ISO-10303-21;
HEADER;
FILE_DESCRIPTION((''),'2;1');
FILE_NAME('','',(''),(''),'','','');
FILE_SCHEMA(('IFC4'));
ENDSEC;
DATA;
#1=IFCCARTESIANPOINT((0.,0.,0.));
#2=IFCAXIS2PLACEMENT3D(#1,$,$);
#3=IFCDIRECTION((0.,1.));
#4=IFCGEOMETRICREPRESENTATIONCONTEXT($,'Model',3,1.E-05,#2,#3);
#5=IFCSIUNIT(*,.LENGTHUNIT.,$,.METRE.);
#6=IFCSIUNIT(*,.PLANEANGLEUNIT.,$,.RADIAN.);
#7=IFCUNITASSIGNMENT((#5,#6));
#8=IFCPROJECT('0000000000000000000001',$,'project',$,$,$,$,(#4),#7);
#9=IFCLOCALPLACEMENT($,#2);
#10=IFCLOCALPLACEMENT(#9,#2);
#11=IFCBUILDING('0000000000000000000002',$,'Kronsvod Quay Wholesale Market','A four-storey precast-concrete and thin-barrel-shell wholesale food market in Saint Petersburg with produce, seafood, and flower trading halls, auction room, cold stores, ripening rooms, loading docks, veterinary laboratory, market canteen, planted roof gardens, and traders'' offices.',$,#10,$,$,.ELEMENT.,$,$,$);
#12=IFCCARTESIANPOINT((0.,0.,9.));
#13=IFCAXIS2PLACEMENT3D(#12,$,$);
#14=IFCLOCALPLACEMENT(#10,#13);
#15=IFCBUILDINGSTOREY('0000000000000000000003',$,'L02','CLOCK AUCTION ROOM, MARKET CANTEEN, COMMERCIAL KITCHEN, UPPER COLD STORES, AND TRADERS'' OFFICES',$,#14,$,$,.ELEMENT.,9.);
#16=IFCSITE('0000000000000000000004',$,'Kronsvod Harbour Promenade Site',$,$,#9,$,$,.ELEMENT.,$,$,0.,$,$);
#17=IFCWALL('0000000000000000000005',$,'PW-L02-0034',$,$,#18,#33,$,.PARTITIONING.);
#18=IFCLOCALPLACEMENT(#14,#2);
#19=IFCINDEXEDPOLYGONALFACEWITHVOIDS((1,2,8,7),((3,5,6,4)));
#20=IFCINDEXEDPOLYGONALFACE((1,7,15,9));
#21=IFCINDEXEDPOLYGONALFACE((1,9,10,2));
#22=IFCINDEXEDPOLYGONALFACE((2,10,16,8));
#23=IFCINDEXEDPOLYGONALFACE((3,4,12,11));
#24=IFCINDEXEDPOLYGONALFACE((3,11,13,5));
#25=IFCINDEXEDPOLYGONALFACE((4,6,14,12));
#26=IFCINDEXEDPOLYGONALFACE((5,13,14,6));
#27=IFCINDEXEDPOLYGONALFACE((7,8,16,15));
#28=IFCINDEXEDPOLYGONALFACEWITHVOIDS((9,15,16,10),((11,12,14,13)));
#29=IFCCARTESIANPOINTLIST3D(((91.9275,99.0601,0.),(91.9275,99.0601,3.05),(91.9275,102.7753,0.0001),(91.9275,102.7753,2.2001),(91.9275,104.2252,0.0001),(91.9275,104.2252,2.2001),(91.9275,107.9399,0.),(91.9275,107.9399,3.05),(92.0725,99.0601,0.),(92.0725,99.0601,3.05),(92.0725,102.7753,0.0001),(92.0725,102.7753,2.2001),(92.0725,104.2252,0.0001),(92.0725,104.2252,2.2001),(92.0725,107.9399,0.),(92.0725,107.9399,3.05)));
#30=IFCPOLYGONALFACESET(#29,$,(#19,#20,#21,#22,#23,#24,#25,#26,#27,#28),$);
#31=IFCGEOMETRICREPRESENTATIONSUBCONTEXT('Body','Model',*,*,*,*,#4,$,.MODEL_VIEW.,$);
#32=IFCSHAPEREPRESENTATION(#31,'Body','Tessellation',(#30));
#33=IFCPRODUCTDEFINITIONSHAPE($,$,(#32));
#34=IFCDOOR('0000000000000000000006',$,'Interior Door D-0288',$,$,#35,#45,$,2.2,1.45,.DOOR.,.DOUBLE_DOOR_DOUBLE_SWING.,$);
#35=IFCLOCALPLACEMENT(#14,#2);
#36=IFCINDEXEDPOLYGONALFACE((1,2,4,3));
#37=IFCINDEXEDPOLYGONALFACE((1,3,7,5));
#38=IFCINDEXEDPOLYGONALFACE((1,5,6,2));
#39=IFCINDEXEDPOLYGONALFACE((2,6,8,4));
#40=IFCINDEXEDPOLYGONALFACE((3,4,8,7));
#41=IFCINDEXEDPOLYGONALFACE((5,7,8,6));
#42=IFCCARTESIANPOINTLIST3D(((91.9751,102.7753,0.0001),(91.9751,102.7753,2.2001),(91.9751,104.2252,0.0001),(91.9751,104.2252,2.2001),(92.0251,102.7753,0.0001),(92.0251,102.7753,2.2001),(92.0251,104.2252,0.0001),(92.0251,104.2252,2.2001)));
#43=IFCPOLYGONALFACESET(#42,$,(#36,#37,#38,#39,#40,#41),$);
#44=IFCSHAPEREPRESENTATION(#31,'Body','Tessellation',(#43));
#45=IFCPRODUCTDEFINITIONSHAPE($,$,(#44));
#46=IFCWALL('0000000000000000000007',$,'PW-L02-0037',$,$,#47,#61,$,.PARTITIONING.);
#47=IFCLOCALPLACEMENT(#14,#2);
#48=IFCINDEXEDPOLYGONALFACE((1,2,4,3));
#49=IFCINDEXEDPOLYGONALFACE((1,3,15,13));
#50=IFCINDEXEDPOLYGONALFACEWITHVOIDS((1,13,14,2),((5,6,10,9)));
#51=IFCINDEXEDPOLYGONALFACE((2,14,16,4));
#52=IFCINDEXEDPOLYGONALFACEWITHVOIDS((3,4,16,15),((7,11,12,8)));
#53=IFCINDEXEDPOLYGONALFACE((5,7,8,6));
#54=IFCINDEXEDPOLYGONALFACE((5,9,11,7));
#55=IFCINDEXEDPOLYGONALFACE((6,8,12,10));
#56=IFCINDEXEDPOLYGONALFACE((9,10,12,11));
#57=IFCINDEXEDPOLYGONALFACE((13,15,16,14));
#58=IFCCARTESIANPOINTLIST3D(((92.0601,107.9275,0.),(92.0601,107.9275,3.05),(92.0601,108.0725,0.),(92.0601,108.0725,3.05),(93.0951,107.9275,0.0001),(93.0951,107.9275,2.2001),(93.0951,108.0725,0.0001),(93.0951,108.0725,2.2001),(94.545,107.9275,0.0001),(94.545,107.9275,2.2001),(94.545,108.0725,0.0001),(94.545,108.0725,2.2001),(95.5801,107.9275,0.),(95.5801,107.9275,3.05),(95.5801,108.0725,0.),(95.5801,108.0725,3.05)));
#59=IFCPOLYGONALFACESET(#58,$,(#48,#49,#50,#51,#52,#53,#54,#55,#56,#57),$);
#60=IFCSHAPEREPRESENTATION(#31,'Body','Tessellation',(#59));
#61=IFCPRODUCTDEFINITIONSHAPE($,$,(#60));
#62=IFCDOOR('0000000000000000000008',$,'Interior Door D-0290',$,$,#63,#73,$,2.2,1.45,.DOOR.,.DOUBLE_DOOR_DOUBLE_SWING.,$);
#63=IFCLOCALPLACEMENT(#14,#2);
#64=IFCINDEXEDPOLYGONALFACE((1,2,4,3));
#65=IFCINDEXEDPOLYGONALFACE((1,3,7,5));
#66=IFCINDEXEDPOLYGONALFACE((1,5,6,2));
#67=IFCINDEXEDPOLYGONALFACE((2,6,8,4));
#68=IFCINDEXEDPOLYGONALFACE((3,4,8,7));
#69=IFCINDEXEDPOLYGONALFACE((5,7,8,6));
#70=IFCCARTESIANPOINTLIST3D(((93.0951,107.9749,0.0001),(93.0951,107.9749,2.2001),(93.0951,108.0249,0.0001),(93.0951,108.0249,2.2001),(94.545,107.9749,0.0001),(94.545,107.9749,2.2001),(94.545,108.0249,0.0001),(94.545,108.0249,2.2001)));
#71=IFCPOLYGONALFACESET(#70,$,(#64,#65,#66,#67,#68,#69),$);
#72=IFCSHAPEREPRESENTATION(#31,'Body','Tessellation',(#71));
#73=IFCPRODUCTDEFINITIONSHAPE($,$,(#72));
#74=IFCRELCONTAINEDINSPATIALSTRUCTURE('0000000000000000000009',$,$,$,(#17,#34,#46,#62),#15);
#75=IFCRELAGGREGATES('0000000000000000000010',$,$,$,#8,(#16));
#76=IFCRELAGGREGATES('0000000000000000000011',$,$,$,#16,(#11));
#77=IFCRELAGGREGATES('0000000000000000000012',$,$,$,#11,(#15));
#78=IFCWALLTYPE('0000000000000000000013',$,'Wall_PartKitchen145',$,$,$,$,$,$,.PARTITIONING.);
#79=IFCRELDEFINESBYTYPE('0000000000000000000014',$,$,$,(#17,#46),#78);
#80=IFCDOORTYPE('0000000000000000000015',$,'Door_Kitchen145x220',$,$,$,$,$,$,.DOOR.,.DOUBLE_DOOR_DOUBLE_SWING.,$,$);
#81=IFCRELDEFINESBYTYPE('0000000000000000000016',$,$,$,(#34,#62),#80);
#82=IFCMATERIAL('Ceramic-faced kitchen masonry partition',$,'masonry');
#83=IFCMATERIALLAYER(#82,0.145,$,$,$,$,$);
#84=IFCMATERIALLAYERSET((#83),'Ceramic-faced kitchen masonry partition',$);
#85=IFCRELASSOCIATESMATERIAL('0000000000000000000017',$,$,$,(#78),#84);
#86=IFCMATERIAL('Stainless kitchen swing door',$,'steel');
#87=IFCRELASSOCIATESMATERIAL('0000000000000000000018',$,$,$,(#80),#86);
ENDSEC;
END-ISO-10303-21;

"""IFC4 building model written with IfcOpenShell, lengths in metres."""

from ifc_helpers import new_model, si_unit, direction, frame, frame_2d, origin, place, context, subcontext, project, spatial, rectangle, extrude, material, layer, layer_set, type_object, element, fill, save


model = new_model("IFC4")

# Units and contexts
model_context = context("Model", 3, precision=1e-05, world=origin(), true_north=direction((0.0, 1.0)))
body_context = subcontext(model_context, "Body", "Model", "MODEL_VIEW")
ifc_project = project(units=[si_unit("LENGTHUNIT", "METRE"), si_unit("PLANEANGLEUNIT", "RADIAN")], contexts=[model_context])

# Site, building, storey
site_placement = place(None, origin())
site = spatial("IfcSite", under=ifc_project, at=site_placement, Name="Kronsvod Harbour Promenade Site", CompositionType="ELEMENT", RefElevation=0.0)
building_placement = place(site_placement, origin())
building = spatial("IfcBuilding", under=site, at=building_placement, Name="Kronsvod Quay Wholesale Market", Description="A four-storey precast-concrete and thin-barrel-shell wholesale food market in Saint Petersburg with produce, seafood, and flower trading halls, auction room, cold stores, ripening rooms, loading docks, veterinary laboratory, market canteen, planted roof gardens, and traders' offices.", CompositionType="ELEMENT")
storey_placement = place(building_placement, frame((0.0, 0.0, 9.0)))
storey = spatial("IfcBuildingStorey", under=building, at=storey_placement, Name="L02", Description="CLOCK AUCTION ROOM, MARKET CANTEEN, COMMERCIAL KITCHEN, UPPER COLD STORES, AND TRADERS' OFFICES", CompositionType="ELEMENT", Elevation=9.0)

# Walls, openings, doors
ifc_material_1 = material(Name="Ceramic-faced kitchen masonry partition", Category="masonry")
ifc_layer_1 = layer(ifc_material_1, 0.145)
ifc_layer_set_1 = layer_set([ifc_layer_1], Name="Ceramic-faced kitchen masonry partition")
wall_type_1 = type_object("IfcWallType", Name="Wall_PartKitchen145", PredefinedType="PARTITIONING", material=ifc_layer_set_1)
wall_1_placement = place(storey_placement, frame((92.0, 99.0601, 0.0), z_axis=(0.0, 0.0, 1.0), x_axis=(0.0, 1.0, 0.0)))
wall_1 = element("IfcWall", 1, at=wall_1_placement, inside=storey, type_object=wall_type_1, Name="PW-L02-0034", PredefinedType="PARTITIONING", context=body_context, shape_type="SweptSolid", body=[
    extrude(rectangle(XDim=8.8799, YDim=0.145, at=frame_2d((4.4399, 0.0))), origin(), (0.0, 0.0, 1.0), 3.05),
])
opening_1_placement = place(wall_1_placement, frame((3.7151, 0.0, 0.0)))
opening_1 = element("IfcOpeningElement", 2, at=opening_1_placement, cuts=wall_1, PredefinedType="OPENING", context=body_context, shape_type="SweptSolid", body=[
    extrude(rectangle(XDim=1.45, YDim=2.2, at=frame_2d((0.7251, 1.1001))), frame((0.0, 0.0825, 0.0), z_axis=(0.0, -1.0, 0.0), x_axis=(1.0, 0.0, 0.0)), (0.0, 0.0, 1.0), 0.165),
])
ifc_material_2 = material(Name="Stainless kitchen swing door", Category="steel")
door_type = type_object("IfcDoorType", Name="Door_Kitchen145x220", OperationType="DOUBLE_DOOR_DOUBLE_SWING", PredefinedType="DOOR", material=ifc_material_2)
door_1_placement = place(opening_1_placement, origin())
door_1 = element("IfcDoor", 3, at=door_1_placement, inside=storey, type_object=door_type, Name="Interior Door D-0288", OperationType="DOUBLE_DOOR_DOUBLE_SWING", OverallHeight=2.2, OverallWidth=1.45, PredefinedType="DOOR", context=body_context, shape_type="SweptSolid", body=[
    extrude(rectangle(XDim=1.45, YDim=2.2, at=frame_2d((0.7251, 1.1001))), frame((0.0, 0.0249, 0.0), z_axis=(0.0, -1.0, 0.0), x_axis=(1.0, 0.0, 0.0)), (0.0, 0.0, 1.0), 0.05),
])
fill(opening_1, door_1)
wall_2_placement = place(storey_placement, frame((92.0601, 108.0, 0.0), z_axis=(0.0, 0.0, 1.0), x_axis=(1.0, 0.0, 0.0)))
wall_2 = element("IfcWall", 4, at=wall_2_placement, inside=storey, type_object=wall_type_1, Name="PW-L02-0037", PredefinedType="PARTITIONING", context=body_context, shape_type="SweptSolid", body=[
    extrude(rectangle(XDim=3.52, YDim=0.145, at=frame_2d((1.76, 0.0))), origin(), (0.0, 0.0, 1.0), 3.05),
])
opening_2_placement = place(wall_2_placement, frame((1.0349, 0.0, 0.0)))
opening_2 = element("IfcOpeningElement", 5, at=opening_2_placement, cuts=wall_2, PredefinedType="OPENING", context=body_context, shape_type="SweptSolid", body=[
    extrude(rectangle(XDim=1.45, YDim=2.2, at=frame_2d((0.7251, 1.1001))), frame((0.0, 0.0825, 0.0), z_axis=(0.0, -1.0, 0.0), x_axis=(1.0, 0.0, 0.0)), (0.0, 0.0, 1.0), 0.165),
])
door_2_placement = place(opening_2_placement, origin())
door_2 = element("IfcDoor", 6, at=door_2_placement, inside=storey, type_object=door_type, Name="Interior Door D-0290", OperationType="DOUBLE_DOOR_DOUBLE_SWING", OverallHeight=2.2, OverallWidth=1.45, PredefinedType="DOOR", context=body_context, shape_type="SweptSolid", body=[
    extrude(rectangle(XDim=1.45, YDim=2.2, at=frame_2d((0.7251, 1.1001))), frame((0.0, 0.0249, 0.0), z_axis=(0.0, -1.0, 0.0), x_axis=(1.0, 0.0, 0.0)), (0.0, 0.0, 1.0), 0.05),
])
fill(opening_2, door_2)

save(model, "model.ifc")
